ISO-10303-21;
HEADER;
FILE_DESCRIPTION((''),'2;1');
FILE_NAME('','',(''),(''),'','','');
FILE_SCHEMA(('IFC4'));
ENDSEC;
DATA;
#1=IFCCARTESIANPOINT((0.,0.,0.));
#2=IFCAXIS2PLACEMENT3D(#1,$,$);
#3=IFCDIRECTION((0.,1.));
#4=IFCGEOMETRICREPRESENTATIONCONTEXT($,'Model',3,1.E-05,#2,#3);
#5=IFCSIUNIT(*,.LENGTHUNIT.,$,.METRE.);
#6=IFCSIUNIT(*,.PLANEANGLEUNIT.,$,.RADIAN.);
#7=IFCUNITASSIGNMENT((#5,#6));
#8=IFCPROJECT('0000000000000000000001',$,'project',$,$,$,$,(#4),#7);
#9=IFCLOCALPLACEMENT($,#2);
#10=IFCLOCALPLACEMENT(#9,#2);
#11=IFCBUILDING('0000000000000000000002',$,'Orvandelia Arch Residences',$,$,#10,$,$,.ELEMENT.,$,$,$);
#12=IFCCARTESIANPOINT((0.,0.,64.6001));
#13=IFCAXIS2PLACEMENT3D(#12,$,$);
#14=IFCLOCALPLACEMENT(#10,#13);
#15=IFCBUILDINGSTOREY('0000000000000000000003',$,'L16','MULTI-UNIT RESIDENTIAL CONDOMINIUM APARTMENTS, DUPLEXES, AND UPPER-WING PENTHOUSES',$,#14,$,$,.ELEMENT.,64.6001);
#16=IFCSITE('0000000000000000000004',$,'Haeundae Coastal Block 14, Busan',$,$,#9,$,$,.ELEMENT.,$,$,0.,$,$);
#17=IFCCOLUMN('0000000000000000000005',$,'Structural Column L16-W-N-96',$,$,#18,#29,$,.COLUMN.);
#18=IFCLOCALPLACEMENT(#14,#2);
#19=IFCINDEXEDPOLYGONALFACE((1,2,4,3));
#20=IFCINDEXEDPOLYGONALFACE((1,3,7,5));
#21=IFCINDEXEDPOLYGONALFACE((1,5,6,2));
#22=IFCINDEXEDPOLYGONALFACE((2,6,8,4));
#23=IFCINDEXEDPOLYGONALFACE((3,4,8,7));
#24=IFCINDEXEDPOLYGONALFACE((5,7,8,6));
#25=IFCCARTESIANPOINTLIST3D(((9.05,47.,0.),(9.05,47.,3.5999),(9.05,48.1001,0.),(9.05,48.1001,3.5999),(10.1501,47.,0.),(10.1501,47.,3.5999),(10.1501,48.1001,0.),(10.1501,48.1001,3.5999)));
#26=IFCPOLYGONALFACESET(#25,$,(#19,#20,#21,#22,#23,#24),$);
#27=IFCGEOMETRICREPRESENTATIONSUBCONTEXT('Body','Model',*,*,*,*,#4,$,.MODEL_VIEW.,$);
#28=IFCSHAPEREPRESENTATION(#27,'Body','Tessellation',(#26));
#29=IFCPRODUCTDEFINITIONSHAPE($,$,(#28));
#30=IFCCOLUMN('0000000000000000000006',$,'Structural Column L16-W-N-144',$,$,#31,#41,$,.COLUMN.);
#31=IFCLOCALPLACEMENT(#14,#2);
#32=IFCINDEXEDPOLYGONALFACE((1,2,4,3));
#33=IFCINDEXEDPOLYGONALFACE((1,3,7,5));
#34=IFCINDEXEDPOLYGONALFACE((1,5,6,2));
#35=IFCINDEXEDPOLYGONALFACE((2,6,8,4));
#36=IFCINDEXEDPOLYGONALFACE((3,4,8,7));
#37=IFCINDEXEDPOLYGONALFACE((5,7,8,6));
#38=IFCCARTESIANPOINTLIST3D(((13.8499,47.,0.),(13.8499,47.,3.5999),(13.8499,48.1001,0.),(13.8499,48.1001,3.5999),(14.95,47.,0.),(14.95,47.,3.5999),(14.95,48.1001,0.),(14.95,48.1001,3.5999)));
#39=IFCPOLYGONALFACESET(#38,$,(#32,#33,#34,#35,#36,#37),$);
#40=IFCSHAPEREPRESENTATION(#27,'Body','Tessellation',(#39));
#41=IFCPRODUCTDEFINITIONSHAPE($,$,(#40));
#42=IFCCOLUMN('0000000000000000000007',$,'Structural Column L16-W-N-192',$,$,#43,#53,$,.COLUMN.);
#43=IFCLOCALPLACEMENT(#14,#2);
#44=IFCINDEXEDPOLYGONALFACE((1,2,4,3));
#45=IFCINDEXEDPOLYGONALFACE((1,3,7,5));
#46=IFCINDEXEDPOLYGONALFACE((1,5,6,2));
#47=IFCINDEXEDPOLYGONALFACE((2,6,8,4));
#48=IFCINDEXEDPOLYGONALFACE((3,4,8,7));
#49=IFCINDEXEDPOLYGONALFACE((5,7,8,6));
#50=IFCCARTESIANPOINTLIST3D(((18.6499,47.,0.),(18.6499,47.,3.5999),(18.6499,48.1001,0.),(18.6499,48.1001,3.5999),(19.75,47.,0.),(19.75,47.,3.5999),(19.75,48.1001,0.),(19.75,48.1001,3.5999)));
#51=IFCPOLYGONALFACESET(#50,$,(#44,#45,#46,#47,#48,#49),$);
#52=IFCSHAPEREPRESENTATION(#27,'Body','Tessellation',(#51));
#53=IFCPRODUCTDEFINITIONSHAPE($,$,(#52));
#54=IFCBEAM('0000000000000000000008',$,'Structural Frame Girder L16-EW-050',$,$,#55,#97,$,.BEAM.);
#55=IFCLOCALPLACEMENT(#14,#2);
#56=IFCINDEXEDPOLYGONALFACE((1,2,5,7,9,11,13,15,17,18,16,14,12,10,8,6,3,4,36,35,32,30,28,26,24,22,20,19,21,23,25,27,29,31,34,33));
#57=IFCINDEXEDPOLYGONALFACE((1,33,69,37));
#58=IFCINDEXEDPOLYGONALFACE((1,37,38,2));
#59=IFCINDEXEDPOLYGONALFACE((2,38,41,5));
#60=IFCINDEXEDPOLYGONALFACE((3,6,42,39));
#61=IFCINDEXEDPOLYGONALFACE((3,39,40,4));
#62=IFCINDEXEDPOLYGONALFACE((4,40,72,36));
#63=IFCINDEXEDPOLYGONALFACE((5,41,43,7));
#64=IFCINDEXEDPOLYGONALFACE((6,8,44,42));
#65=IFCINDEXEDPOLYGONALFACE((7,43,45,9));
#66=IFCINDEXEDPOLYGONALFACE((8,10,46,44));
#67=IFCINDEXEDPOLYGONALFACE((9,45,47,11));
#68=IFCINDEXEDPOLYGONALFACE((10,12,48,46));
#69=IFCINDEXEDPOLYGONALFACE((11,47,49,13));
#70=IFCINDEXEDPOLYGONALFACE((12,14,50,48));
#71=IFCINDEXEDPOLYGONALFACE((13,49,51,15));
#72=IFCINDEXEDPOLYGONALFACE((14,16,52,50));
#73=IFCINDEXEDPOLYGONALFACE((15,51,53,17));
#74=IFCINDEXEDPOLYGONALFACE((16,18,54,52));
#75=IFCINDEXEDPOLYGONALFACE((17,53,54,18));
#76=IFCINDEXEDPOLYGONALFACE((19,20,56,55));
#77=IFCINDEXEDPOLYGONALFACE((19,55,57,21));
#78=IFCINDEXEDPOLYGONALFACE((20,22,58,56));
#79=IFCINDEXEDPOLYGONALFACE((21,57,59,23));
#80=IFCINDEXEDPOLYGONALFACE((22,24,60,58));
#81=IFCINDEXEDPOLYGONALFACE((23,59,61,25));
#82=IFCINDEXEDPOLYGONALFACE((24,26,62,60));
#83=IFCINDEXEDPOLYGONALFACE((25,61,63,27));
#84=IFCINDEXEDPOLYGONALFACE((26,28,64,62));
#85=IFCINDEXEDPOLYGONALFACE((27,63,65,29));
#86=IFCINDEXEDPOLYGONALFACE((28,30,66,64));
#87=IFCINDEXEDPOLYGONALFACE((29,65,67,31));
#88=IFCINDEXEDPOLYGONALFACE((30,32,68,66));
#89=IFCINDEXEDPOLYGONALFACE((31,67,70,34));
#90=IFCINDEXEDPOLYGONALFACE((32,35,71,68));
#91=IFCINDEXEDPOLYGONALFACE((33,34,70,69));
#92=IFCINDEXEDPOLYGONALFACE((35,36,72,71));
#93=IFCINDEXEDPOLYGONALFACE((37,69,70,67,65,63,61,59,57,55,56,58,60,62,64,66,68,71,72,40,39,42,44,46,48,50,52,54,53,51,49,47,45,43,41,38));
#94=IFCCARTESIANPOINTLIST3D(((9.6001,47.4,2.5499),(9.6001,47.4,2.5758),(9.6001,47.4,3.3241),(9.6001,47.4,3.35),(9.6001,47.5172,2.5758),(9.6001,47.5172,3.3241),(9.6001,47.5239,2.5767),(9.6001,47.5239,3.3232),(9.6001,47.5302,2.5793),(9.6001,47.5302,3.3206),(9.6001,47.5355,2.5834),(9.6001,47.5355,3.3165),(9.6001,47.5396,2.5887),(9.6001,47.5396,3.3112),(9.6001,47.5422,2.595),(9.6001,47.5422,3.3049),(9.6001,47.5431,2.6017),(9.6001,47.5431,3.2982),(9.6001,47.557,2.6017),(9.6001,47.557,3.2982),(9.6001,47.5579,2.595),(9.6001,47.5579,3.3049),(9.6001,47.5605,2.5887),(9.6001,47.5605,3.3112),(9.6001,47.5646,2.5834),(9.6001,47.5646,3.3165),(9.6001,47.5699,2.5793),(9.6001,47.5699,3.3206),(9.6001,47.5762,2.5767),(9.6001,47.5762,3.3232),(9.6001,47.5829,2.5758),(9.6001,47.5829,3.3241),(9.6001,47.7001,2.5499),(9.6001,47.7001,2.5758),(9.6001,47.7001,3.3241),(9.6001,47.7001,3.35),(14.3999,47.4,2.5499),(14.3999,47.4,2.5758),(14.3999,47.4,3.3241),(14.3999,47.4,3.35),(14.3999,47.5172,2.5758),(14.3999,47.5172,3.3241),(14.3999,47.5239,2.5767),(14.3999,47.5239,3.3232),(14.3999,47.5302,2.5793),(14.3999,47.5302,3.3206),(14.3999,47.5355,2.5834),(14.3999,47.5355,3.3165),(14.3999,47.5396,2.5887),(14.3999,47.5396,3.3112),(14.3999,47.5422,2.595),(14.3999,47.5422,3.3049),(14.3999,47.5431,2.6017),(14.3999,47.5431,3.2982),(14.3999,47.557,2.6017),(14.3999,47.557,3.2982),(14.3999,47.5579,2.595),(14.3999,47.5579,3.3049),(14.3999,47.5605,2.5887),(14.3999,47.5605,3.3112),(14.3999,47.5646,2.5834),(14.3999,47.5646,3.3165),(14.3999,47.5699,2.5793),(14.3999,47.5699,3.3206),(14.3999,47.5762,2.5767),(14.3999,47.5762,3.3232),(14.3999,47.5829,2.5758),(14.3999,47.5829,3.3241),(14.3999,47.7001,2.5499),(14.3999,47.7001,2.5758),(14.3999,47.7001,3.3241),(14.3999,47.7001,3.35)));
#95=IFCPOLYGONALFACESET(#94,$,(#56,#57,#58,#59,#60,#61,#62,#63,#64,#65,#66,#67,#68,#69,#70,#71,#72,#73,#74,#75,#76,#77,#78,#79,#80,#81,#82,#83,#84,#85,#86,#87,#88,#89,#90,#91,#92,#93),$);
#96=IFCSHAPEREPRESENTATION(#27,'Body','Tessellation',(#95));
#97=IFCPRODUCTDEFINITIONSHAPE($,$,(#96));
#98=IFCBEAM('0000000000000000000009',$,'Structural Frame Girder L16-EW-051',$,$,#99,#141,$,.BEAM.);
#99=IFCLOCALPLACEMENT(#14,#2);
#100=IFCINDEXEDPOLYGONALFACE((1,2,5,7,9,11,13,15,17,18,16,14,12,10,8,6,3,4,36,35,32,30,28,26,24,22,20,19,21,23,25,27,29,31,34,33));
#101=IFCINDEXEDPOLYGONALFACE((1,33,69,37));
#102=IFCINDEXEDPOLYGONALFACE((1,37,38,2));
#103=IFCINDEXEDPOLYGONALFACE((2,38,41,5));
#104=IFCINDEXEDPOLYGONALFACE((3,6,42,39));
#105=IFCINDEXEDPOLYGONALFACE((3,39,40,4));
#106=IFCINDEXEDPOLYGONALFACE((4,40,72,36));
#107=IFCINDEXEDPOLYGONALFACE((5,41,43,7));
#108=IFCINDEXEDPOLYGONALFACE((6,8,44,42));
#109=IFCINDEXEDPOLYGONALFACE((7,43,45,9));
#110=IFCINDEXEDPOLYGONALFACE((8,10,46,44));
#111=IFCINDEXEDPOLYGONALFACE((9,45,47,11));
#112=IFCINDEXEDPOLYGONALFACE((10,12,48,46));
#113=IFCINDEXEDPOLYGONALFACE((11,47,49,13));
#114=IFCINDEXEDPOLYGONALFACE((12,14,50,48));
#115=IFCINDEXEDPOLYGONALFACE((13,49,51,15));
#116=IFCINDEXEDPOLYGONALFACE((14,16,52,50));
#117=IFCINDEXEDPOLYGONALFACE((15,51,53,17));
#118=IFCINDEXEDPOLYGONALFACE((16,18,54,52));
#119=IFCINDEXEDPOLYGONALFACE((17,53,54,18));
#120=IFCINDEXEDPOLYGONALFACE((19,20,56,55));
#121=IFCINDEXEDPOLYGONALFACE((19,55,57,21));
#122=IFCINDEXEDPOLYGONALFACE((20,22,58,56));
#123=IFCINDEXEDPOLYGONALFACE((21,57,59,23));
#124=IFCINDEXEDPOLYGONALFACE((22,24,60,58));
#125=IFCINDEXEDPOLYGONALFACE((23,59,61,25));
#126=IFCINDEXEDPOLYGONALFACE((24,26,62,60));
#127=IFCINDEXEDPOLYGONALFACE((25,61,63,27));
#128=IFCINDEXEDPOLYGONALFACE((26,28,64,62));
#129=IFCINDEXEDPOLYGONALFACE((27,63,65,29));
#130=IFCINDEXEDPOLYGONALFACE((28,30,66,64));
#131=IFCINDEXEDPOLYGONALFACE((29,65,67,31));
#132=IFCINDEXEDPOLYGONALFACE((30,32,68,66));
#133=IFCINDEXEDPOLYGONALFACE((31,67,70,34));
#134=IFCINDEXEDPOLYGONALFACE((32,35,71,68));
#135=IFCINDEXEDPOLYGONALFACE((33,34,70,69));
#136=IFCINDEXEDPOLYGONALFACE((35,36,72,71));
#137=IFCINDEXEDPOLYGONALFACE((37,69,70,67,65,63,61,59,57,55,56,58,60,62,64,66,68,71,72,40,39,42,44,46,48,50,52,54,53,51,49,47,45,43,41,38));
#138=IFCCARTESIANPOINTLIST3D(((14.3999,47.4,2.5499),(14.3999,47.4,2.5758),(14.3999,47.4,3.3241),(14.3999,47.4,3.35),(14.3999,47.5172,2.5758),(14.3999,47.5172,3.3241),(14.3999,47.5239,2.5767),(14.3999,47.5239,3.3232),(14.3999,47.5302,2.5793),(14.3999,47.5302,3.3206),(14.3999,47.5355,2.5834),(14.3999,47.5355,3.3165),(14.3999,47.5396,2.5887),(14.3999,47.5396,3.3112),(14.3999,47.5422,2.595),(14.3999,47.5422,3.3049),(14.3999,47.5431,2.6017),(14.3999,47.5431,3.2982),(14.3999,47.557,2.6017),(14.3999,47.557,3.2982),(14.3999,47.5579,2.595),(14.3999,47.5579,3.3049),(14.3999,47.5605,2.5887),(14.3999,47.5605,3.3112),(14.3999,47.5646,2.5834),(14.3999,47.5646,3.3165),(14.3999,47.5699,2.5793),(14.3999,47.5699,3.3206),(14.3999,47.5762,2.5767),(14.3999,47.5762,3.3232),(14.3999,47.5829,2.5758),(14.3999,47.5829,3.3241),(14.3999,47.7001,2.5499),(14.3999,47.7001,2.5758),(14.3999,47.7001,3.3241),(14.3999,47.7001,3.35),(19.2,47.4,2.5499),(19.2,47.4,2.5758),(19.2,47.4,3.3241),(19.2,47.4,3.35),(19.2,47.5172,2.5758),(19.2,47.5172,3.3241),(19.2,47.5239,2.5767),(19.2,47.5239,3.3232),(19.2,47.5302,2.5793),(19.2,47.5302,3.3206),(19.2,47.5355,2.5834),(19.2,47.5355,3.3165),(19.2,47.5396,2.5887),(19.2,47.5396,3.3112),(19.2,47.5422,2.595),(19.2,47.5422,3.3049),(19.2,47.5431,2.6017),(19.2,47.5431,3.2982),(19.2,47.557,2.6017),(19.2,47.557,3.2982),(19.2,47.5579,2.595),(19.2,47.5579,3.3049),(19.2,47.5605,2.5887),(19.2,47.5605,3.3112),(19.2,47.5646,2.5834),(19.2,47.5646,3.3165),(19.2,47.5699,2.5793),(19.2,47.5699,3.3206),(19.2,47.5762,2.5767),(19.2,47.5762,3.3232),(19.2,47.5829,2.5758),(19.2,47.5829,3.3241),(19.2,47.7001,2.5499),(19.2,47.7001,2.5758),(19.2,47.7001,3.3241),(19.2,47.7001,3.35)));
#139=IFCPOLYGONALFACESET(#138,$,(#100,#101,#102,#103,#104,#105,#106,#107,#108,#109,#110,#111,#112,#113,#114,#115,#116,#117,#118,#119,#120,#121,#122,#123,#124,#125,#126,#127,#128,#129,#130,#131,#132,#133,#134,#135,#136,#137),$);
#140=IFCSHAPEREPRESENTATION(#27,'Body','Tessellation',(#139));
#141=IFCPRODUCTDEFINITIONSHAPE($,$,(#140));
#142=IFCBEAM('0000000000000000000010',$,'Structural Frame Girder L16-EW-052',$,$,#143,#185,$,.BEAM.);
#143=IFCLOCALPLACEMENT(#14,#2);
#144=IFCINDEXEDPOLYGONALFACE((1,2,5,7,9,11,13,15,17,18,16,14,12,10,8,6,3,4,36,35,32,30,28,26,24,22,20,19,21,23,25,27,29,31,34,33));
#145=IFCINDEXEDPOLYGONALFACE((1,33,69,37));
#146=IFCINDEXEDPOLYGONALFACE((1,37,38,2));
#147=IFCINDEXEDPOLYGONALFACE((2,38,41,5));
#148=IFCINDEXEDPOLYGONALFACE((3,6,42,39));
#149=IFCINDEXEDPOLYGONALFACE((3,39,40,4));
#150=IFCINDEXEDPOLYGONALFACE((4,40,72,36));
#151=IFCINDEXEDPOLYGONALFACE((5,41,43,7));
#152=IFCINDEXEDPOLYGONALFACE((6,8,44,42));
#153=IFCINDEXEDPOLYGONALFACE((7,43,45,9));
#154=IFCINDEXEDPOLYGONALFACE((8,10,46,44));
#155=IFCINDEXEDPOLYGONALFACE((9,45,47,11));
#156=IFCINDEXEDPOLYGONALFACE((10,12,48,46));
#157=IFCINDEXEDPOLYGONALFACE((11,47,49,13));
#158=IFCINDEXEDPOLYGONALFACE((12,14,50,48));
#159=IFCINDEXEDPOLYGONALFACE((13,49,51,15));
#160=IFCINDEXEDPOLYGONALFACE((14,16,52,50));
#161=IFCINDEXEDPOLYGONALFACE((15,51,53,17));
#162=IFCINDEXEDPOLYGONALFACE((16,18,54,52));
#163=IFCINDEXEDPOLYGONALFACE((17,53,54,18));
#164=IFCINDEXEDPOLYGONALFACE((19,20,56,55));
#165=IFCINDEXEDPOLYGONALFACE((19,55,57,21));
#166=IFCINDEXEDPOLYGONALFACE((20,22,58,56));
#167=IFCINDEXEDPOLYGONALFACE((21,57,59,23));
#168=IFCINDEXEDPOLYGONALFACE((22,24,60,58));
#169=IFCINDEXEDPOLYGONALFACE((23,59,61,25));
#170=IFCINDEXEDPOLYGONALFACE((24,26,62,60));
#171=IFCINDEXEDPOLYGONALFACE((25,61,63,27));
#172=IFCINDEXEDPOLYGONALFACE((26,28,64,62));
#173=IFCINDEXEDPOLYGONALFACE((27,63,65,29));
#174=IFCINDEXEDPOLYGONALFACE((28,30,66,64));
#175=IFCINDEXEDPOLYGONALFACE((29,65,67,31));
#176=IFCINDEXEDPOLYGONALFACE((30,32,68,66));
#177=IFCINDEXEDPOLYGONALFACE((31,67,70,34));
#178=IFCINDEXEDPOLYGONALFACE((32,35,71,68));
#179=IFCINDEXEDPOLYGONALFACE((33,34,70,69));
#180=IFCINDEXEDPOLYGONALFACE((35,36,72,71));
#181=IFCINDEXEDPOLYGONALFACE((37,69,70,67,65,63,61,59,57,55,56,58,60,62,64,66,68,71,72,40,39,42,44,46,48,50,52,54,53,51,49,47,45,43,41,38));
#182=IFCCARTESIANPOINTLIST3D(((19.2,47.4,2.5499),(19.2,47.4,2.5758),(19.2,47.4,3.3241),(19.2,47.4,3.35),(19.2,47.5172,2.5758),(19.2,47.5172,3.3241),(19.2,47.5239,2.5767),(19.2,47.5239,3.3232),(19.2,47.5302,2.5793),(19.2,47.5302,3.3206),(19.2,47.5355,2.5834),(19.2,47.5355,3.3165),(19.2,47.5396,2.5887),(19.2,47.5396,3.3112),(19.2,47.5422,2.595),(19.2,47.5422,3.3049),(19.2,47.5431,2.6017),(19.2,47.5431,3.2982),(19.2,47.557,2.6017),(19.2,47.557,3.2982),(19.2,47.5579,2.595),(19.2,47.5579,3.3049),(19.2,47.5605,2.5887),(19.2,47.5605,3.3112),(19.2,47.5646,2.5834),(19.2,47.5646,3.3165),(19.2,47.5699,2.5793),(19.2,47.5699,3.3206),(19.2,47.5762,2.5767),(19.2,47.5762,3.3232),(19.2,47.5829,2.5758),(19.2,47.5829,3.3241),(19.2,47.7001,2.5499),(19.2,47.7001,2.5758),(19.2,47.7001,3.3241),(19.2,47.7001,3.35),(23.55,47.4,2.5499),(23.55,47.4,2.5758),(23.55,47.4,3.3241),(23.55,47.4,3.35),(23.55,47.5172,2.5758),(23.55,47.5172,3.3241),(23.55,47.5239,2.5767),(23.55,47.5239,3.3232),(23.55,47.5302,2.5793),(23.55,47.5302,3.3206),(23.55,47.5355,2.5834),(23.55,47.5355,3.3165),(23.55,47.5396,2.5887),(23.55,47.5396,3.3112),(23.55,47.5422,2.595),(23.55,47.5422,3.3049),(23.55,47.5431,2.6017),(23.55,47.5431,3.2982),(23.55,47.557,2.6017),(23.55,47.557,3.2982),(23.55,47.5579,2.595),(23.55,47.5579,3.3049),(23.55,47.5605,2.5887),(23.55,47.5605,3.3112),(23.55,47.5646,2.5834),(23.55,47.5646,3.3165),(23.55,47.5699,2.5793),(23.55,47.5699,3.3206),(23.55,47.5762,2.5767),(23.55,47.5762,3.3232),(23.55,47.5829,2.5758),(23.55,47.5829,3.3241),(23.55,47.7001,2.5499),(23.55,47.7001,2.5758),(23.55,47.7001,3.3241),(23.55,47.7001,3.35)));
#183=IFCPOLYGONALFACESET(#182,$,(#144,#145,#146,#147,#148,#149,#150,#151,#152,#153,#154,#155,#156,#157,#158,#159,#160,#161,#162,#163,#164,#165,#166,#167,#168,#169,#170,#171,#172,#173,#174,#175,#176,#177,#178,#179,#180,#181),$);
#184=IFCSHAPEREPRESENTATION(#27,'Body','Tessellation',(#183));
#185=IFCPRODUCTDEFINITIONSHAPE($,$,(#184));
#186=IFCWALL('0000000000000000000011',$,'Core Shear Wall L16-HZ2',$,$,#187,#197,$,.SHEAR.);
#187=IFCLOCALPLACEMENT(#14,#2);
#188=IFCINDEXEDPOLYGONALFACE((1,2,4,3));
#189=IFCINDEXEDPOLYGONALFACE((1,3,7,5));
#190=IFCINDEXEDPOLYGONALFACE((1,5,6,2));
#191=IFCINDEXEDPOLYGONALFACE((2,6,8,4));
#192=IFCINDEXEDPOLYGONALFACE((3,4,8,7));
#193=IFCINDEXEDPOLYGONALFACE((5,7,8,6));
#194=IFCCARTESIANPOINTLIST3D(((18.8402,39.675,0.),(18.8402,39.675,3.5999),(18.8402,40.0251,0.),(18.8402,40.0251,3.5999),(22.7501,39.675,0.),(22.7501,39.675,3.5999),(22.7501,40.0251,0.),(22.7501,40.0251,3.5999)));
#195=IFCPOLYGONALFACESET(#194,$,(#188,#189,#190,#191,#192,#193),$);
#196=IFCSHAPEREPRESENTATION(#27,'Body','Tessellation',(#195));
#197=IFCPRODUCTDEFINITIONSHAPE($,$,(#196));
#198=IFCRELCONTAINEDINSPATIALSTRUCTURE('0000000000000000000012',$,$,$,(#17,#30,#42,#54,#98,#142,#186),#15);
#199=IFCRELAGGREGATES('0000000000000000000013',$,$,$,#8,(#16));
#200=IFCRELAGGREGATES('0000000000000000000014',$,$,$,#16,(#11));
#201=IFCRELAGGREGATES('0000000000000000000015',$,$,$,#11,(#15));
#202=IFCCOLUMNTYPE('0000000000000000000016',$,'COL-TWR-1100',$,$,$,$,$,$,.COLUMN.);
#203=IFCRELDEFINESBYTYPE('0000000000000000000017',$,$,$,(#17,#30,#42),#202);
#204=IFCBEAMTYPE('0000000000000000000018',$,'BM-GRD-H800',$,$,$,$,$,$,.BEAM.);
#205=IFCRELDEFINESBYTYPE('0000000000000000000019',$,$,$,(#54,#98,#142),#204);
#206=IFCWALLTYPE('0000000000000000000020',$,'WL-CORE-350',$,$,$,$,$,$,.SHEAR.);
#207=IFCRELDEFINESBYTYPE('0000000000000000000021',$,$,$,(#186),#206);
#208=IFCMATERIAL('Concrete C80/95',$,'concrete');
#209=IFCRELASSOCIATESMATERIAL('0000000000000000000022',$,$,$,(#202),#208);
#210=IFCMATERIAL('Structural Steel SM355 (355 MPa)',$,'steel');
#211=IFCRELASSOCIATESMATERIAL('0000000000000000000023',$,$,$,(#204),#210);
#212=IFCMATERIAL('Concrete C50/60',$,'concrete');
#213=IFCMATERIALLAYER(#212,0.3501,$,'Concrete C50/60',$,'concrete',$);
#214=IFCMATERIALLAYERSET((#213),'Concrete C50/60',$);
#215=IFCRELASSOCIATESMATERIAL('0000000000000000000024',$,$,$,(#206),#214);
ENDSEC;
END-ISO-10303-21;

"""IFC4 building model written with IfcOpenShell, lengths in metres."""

from ifc_helpers import new_model, si_unit, direction, frame, frame_2d, origin, origin_2d, place, context, subcontext, project, spatial, rectangle, i_section, extrude, material, layer, layer_set, material_profile, profile_set, type_object, element, save


model = new_model("IFC4")

# Units and contexts
model_context = context("Model", 3, precision=1e-05, world=origin(), true_north=direction((0.0, 1.0)))
body_context = subcontext(model_context, "Body", "Model", "MODEL_VIEW")
ifc_project = project(units=[si_unit("LENGTHUNIT", "METRE"), si_unit("PLANEANGLEUNIT", "RADIAN")], contexts=[model_context])

# Site, building, storey
site_placement = place(None, origin())
site = spatial("IfcSite", under=ifc_project, at=site_placement, Name="Haeundae Coastal Block 14, Busan", CompositionType="ELEMENT", RefElevation=0.0)
building_placement = place(site_placement, origin())
building = spatial("IfcBuilding", under=site, at=building_placement, Name="Orvandelia Arch Residences", CompositionType="ELEMENT")
storey_placement = place(building_placement, frame((0.0, 0.0, 64.6001)))
storey = spatial("IfcBuildingStorey", under=building, at=storey_placement, Name="L16", Description="MULTI-UNIT RESIDENTIAL CONDOMINIUM APARTMENTS, DUPLEXES, AND UPPER-WING PENTHOUSES", CompositionType="ELEMENT", Elevation=64.6001)

# Columns
ifc_material_1 = material(Name="Concrete C80/95", Category="concrete")
ifc_material_profile_1 = material_profile(ifc_material_1, rectangle(XDim=1.1001, YDim=1.1001, at=origin_2d()), Name="Concrete C80/95", Category="concrete")
ifc_profile_set_1 = profile_set([ifc_material_profile_1], Name="Concrete C80/95")
column_type = type_object("IfcColumnType", Name="COL-TWR-1100", PredefinedType="COLUMN", material=ifc_profile_set_1)
for number, where, z_axis, x_axis, name in (
    (1, (9.6001, 47.55, 0.0), (0.0, 0.0, 1.0), (1.0, 0.0, 0.0), "Structural Column L16-W-N-96"),
    (2, (14.3999, 47.55, 0.0), (0.0, 0.0, 1.0), (1.0, 0.0, 0.0), "Structural Column L16-W-N-144"),
    (3, (19.2, 47.55, 0.0), (0.0, 0.0, 1.0), (1.0, 0.0, 0.0), "Structural Column L16-W-N-192"),
):
    element("IfcColumn", number, at=place(storey_placement, frame(where, z_axis=z_axis, x_axis=x_axis)), inside=storey, type_object=column_type, Name=name, PredefinedType="COLUMN", context=body_context, shape_type="SweptSolid", body=[
        extrude(rectangle(XDim=1.1001, YDim=1.1001, at=origin_2d()), origin(), (0.0, 0.0, 1.0), 3.5999),
    ])

# Beams
ifc_material_2 = material(Name="Structural Steel SM355 (355 MPa)", Category="steel")
ifc_material_profile_2 = material_profile(ifc_material_2, i_section(OverallWidth=0.3, OverallDepth=0.8, WebThickness=0.0139, FlangeThickness=0.0259, FilletRadius=0.0259, at=origin_2d()), Name="Structural Steel SM355 (355 MPa)", Category="steel")
ifc_profile_set_2 = profile_set([ifc_material_profile_2], Name="Structural Steel SM355 (355 MPa)")
beam_type = type_object("IfcBeamType", Name="BM-GRD-H800", PredefinedType="BEAM", material=ifc_profile_set_2)
beam_1_placement = place(storey_placement, frame((9.6001, 47.55, 2.95), z_axis=(1.0, 0.0, 0.0), x_axis=(0.0, 1.0, 0.0)))
element("IfcBeam", 4, at=beam_1_placement, inside=storey, type_object=beam_type, Name="Structural Frame Girder L16-EW-050", PredefinedType="BEAM", context=body_context, shape_type="SweptSolid", body=[
    extrude(i_section(OverallWidth=0.3, OverallDepth=0.8, WebThickness=0.0139, FlangeThickness=0.0259, FilletRadius=0.0259, at=origin_2d()), origin(), (0.0, 0.0, 1.0), 4.7998),
])
beam_2_placement = place(storey_placement, frame((14.3999, 47.55, 2.95), z_axis=(1.0, 0.0, 0.0), x_axis=(0.0, 1.0, 0.0)))
element("IfcBeam", 5, at=beam_2_placement, inside=storey, type_object=beam_type, Name="Structural Frame Girder L16-EW-051", PredefinedType="BEAM", context=body_context, shape_type="SweptSolid", body=[
    extrude(i_section(OverallWidth=0.3, OverallDepth=0.8, WebThickness=0.0139, FlangeThickness=0.0259, FilletRadius=0.0259, at=origin_2d()), origin(), (0.0, 0.0, 1.0), 4.8),
])
beam_3_placement = place(storey_placement, frame((19.2, 47.55, 2.95), z_axis=(1.0, 0.0, 0.0), x_axis=(0.0, 1.0, 0.0)))
element("IfcBeam", 6, at=beam_3_placement, inside=storey, type_object=beam_type, Name="Structural Frame Girder L16-EW-052", PredefinedType="BEAM", context=body_context, shape_type="SweptSolid", body=[
    extrude(i_section(OverallWidth=0.3, OverallDepth=0.8, WebThickness=0.0139, FlangeThickness=0.0259, FilletRadius=0.0259, at=origin_2d()), origin(), (0.0, 0.0, 1.0), 4.3501),
])

# Wall
ifc_material_3 = material(Name="Concrete C50/60", Category="concrete")
ifc_layer_1 = layer(ifc_material_3, 0.3501, Name="Concrete C50/60", Category="concrete")
ifc_layer_set_1 = layer_set([ifc_layer_1], Name="Concrete C50/60")
wall_type_1 = type_object("IfcWallType", Name="WL-CORE-350", PredefinedType="SHEAR", material=ifc_layer_set_1)
wall_1_placement = place(storey_placement, frame((18.8401, 39.8501, 0.0), z_axis=(0.0, 0.0, 1.0), x_axis=(1.0, 0.0, 0.0)))
element("IfcWall", 7, at=wall_1_placement, inside=storey, type_object=wall_type_1, Name="Core Shear Wall L16-HZ2", PredefinedType="SHEAR", context=body_context, shape_type="SweptSolid", body=[
    extrude(rectangle(XDim=3.9099, YDim=0.3501, at=frame_2d((1.9551, 0.0))), origin(), (0.0, 0.0, 1.0), 3.5999),
])

save(model, "model.ifc")
